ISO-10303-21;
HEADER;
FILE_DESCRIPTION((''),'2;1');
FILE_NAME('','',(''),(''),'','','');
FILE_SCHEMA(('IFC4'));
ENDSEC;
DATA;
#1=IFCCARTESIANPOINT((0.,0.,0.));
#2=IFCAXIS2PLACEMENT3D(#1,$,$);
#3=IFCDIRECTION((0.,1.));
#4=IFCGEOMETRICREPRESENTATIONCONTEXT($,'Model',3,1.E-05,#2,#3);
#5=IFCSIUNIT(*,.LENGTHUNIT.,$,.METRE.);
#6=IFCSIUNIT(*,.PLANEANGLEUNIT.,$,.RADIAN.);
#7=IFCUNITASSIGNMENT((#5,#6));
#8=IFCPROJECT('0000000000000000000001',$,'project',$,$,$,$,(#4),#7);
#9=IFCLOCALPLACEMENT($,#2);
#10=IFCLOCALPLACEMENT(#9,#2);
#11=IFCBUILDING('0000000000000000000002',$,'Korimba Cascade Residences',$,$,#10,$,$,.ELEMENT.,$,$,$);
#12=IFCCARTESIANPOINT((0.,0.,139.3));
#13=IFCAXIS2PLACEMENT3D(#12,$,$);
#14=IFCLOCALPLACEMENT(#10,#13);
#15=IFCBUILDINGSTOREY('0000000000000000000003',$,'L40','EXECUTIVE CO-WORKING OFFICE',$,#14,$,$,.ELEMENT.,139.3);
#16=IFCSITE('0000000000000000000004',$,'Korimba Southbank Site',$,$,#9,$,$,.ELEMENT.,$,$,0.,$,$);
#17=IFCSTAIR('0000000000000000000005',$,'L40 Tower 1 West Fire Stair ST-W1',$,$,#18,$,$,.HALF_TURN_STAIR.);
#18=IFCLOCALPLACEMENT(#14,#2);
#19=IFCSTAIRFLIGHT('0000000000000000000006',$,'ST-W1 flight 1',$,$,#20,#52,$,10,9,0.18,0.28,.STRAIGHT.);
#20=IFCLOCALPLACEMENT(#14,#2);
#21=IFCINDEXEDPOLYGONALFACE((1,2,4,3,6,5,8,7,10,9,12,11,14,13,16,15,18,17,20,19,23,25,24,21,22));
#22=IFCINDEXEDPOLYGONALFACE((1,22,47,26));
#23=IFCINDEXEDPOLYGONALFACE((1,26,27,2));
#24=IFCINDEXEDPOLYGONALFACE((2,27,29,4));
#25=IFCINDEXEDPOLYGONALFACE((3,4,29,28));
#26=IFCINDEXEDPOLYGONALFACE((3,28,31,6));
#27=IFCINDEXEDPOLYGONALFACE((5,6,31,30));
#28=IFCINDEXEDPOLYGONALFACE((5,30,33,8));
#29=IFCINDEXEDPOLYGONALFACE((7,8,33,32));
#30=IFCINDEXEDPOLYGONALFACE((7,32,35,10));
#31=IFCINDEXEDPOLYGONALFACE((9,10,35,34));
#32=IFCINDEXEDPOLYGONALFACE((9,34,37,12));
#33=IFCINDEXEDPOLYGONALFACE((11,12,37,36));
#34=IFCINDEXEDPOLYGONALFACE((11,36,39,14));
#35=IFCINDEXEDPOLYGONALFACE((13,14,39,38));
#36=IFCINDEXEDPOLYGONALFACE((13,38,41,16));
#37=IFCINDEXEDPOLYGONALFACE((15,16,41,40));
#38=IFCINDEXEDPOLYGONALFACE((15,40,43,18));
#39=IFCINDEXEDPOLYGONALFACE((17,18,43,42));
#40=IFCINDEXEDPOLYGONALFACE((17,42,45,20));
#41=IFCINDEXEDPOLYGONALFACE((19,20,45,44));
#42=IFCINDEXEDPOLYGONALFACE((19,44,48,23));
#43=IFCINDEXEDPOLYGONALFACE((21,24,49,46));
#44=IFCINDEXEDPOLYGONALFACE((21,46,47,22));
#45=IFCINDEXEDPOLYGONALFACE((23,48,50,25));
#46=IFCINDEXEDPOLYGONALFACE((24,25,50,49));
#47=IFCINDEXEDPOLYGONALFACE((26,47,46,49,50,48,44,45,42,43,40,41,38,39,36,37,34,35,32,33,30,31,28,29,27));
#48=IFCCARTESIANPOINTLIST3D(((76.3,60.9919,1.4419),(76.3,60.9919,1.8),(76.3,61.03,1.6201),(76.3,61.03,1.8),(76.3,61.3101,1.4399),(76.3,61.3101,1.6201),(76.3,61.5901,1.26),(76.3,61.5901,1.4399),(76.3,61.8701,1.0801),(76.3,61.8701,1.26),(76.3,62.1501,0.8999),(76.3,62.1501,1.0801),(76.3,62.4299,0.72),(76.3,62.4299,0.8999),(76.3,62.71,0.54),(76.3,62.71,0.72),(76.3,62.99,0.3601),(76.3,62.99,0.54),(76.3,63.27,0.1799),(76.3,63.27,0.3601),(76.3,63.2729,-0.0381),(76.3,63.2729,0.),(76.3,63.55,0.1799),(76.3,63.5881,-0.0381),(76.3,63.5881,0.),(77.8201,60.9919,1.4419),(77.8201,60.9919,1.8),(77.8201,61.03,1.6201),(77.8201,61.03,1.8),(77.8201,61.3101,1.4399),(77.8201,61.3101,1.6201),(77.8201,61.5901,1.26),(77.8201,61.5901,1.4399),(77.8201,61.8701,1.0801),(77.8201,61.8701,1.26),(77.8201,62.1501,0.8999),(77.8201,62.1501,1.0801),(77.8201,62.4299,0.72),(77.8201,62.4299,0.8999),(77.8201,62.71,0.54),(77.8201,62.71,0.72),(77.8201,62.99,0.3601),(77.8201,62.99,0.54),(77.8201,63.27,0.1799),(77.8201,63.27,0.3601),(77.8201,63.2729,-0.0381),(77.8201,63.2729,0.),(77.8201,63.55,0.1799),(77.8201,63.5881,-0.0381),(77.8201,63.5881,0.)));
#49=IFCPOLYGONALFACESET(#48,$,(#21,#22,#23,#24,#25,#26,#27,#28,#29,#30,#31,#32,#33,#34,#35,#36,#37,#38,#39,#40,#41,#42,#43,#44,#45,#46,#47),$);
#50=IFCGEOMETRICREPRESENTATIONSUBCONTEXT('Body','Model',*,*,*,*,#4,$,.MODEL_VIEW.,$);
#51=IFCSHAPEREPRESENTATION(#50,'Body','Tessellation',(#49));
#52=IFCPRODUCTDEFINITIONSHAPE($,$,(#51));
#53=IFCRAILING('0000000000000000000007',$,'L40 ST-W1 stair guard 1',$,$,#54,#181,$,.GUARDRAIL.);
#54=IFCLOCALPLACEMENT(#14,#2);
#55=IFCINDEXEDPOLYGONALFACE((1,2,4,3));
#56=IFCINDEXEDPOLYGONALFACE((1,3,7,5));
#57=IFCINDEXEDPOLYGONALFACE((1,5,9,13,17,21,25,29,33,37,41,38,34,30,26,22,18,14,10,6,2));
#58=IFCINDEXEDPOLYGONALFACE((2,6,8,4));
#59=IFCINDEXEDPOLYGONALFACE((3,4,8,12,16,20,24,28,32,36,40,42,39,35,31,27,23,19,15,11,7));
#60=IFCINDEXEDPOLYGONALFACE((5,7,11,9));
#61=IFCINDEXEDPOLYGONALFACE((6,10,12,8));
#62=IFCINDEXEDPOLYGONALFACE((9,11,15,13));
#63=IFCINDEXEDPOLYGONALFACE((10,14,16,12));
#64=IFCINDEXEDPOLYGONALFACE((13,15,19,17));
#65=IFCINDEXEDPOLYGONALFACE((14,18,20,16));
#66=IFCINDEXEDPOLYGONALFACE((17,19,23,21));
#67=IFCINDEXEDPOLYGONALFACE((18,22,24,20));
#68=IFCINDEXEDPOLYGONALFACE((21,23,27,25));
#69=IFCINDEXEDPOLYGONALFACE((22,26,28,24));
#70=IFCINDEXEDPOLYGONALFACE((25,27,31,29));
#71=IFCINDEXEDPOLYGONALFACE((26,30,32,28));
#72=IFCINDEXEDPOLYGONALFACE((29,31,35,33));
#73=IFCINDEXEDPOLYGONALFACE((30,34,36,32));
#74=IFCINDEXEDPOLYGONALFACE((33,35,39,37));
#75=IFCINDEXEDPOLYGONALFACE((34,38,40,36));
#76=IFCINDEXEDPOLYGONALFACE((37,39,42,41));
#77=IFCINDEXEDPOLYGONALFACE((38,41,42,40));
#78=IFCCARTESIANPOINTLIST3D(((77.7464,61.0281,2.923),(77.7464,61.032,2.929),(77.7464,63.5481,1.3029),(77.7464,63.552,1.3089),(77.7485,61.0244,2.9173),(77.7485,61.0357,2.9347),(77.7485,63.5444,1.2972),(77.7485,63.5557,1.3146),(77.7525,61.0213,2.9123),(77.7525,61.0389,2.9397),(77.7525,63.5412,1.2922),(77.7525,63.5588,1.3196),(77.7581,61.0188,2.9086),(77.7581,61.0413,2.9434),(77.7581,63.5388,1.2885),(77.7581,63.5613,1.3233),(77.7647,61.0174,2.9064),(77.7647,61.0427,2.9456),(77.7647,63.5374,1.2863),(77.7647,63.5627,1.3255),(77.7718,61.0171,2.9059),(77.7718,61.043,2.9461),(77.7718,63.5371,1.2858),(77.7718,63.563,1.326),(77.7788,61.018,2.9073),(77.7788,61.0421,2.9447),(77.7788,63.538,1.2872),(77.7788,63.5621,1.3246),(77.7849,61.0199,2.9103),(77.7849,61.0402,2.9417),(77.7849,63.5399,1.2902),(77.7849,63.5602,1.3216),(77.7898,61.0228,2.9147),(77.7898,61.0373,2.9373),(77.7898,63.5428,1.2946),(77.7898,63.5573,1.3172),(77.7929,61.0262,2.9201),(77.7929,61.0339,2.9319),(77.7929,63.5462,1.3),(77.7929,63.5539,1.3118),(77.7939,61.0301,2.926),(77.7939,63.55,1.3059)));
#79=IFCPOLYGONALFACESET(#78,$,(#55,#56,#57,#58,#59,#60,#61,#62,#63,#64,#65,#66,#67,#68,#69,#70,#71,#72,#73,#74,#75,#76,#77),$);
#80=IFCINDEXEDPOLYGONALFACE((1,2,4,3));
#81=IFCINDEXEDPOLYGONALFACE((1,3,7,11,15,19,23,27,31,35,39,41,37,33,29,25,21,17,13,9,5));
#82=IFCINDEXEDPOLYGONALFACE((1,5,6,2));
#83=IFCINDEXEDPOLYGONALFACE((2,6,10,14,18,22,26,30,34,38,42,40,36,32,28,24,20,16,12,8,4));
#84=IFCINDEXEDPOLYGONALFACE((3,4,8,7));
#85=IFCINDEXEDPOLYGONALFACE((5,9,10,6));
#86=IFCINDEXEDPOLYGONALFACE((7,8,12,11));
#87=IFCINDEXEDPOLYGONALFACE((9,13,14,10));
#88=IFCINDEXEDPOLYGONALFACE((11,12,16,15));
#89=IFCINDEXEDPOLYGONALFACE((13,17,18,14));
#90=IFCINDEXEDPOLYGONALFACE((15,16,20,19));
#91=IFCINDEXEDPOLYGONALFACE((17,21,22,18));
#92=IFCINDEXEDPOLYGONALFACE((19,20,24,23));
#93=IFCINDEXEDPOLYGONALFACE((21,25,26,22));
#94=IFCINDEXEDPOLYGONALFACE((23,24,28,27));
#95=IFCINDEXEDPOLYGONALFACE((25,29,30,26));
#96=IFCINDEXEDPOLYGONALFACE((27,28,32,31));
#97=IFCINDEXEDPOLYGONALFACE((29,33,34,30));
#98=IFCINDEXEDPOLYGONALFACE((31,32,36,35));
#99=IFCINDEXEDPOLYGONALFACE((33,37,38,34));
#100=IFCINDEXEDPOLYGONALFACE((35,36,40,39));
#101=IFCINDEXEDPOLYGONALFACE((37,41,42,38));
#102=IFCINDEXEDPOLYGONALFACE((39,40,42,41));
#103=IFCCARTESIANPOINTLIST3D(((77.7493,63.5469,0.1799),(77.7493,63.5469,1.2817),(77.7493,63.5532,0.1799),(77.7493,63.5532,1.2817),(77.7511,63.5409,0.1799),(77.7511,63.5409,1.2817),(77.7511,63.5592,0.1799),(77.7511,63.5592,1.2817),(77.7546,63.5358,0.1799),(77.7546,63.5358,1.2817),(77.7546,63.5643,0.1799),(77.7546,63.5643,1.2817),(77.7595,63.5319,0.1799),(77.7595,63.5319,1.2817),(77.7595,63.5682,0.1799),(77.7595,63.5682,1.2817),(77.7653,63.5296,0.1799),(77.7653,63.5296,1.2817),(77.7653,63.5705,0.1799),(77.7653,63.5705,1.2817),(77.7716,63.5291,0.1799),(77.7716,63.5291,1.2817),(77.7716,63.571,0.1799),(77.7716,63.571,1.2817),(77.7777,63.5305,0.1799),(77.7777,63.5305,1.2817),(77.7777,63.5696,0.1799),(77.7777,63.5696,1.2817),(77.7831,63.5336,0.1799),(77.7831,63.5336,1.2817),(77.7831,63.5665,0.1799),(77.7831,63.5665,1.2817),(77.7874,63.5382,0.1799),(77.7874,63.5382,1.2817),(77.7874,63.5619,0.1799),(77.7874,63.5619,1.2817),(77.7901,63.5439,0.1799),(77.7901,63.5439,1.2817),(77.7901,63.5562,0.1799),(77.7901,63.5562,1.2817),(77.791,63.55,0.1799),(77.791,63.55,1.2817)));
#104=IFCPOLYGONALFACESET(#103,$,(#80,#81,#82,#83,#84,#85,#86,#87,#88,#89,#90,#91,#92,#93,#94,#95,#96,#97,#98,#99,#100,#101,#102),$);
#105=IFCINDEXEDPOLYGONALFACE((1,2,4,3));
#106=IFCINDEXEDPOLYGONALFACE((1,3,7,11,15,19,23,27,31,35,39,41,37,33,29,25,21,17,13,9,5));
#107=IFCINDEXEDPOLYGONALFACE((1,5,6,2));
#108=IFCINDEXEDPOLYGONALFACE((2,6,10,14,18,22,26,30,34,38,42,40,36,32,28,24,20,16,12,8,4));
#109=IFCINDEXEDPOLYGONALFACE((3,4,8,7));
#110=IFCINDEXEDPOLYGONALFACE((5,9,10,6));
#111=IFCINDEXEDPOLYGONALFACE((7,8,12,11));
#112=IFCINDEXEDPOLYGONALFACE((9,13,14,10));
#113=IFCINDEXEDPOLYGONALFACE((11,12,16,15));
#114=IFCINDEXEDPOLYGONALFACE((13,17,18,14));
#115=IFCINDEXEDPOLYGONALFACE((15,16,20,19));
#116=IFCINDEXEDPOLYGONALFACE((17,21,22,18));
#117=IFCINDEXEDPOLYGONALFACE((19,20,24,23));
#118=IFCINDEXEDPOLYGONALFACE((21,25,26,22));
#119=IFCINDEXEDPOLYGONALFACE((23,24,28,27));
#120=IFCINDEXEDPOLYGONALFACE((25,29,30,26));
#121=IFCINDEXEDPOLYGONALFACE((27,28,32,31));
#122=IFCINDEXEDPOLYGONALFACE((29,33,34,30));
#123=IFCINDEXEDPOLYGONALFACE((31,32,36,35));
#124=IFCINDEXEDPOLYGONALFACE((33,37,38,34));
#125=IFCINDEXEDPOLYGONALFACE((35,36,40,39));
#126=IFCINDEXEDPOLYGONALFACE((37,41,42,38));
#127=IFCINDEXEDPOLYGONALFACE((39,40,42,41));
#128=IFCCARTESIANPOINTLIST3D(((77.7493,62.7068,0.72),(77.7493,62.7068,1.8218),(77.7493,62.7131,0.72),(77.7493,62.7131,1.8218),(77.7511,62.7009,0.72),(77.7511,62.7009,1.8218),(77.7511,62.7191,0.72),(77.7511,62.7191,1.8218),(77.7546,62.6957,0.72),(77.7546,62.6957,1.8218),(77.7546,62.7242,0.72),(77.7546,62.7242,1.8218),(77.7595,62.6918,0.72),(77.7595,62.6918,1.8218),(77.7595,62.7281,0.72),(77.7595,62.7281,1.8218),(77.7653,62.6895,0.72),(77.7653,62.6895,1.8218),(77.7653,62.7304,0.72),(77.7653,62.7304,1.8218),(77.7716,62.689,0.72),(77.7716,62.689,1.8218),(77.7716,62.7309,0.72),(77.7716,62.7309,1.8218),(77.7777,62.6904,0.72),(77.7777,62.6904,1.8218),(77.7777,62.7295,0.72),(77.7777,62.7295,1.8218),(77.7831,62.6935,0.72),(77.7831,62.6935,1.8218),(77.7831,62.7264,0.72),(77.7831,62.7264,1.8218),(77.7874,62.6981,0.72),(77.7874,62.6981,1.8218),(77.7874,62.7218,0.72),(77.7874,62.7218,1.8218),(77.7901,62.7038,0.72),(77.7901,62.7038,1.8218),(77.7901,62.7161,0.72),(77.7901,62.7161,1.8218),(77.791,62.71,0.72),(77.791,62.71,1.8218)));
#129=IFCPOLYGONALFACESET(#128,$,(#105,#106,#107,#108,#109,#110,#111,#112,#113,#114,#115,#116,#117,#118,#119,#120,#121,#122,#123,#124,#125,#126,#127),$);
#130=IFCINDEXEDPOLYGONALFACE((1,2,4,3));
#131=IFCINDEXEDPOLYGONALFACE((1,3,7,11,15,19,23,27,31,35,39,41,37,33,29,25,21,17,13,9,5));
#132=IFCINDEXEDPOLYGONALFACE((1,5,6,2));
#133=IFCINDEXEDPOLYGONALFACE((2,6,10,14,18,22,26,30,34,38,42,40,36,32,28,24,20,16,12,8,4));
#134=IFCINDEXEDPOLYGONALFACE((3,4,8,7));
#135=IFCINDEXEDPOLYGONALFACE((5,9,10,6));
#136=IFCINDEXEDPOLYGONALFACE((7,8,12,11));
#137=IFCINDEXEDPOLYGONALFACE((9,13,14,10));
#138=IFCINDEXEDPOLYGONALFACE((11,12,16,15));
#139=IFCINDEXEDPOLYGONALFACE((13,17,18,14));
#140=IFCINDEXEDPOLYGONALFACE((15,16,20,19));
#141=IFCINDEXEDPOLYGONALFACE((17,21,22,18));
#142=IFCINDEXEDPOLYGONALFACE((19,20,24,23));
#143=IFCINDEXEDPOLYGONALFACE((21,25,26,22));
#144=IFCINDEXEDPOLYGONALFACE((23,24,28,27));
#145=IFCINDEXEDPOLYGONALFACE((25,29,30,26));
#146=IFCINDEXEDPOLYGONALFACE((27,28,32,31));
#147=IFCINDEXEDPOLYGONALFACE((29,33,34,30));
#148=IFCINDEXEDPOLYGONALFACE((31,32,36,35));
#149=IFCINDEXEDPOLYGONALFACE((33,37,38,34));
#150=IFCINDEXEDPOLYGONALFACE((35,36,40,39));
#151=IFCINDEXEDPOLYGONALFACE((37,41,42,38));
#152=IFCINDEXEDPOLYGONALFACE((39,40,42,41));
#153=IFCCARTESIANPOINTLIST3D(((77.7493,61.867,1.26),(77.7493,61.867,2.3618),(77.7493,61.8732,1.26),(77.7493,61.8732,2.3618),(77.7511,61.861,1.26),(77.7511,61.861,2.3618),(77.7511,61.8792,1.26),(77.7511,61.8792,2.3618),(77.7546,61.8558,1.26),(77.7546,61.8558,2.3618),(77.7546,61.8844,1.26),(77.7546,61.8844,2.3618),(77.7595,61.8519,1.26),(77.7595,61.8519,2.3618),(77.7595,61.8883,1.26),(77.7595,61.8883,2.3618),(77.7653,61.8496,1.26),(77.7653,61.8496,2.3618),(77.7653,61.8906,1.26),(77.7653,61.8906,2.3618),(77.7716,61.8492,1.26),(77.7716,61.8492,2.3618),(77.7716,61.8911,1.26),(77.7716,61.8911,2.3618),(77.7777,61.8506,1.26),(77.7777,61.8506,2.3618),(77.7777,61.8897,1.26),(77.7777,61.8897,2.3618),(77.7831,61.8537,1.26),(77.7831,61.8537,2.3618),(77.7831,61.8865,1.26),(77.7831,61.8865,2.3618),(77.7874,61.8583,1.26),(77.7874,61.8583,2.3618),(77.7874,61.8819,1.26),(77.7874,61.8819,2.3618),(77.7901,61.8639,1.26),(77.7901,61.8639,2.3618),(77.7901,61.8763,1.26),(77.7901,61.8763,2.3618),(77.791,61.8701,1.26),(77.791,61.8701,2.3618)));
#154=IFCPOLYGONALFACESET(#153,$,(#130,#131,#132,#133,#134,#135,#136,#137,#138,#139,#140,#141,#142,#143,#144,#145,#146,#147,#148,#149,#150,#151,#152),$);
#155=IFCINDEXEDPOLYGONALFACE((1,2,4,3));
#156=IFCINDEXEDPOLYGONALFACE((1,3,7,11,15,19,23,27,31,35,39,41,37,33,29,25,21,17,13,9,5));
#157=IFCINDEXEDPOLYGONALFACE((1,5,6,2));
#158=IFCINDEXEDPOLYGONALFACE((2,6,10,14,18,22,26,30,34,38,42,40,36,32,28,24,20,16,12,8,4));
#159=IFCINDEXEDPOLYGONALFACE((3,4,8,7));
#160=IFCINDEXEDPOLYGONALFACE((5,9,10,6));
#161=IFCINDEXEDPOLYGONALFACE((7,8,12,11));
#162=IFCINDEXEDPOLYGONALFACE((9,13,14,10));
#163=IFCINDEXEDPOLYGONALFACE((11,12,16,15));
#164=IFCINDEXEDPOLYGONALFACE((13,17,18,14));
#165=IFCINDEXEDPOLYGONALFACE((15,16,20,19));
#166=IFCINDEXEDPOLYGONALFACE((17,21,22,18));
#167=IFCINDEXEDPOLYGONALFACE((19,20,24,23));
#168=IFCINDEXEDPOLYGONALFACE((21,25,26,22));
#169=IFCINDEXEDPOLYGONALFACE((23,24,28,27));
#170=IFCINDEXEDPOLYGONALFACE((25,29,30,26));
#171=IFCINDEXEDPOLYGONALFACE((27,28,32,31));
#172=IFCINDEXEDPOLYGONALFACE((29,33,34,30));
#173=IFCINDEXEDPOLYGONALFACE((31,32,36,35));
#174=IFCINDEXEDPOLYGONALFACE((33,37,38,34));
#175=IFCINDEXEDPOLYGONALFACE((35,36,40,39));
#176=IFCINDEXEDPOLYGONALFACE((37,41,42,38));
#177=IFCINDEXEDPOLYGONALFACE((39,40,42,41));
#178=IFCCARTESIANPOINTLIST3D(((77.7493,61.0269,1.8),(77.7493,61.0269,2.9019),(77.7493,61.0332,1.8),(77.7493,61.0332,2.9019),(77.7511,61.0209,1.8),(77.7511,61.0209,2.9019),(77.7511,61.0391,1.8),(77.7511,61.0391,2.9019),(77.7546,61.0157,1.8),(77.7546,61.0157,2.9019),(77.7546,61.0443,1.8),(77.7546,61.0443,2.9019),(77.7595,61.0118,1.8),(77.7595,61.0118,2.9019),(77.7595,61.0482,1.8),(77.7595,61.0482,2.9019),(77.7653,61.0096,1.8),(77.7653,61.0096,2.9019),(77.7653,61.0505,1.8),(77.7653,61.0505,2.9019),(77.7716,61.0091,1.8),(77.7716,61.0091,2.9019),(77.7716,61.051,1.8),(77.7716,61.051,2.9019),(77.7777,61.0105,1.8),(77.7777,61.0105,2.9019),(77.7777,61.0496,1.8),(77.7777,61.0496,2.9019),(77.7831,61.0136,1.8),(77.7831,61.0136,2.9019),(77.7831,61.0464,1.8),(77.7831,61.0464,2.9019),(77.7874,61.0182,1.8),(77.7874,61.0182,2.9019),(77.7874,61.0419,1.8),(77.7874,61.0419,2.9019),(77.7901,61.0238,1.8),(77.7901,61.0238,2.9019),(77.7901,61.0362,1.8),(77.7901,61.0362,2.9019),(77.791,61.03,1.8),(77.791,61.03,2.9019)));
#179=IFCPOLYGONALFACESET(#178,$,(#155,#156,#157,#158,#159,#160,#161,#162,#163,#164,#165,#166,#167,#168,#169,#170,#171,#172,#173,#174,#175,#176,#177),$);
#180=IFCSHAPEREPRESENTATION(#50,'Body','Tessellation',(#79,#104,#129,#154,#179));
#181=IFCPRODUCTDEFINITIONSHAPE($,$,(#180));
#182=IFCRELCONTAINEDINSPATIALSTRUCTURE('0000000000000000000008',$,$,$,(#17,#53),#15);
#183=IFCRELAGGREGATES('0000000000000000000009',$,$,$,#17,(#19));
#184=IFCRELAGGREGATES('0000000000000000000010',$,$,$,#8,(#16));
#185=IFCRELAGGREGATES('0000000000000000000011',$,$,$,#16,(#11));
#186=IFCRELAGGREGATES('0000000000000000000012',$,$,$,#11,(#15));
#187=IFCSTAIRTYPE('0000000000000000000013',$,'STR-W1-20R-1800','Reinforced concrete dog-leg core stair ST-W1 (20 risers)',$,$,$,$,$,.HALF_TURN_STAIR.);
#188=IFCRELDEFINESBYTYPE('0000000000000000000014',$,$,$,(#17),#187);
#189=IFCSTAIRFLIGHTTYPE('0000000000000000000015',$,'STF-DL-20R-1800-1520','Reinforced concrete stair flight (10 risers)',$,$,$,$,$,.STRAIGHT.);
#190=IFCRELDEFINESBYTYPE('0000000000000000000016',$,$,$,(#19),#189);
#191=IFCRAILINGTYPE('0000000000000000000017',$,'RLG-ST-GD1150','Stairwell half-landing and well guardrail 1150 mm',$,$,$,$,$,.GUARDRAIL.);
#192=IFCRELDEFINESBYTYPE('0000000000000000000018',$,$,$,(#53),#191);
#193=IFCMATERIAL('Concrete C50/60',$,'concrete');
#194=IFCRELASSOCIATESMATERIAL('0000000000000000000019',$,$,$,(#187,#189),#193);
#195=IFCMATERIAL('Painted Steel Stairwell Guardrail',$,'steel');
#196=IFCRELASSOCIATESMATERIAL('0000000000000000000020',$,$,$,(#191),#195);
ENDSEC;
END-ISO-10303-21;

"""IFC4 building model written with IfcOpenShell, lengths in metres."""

from ifc_helpers import new_model, si_unit, direction, frame, origin, origin_2d, place, context, subcontext, project, spatial, polyline, circle, outline, extrude, material, type_object, element, aggregate, save


model = new_model("IFC4")

# Units and contexts
model_context = context("Model", 3, precision=1e-05, world=origin(), true_north=direction((0.0, 1.0)))
body_context = subcontext(model_context, "Body", "Model", "MODEL_VIEW")
ifc_project = project(units=[si_unit("LENGTHUNIT", "METRE"), si_unit("PLANEANGLEUNIT", "RADIAN")], contexts=[model_context])

# Site, building, storey
site_placement = place(None, origin())
site = spatial("IfcSite", under=ifc_project, at=site_placement, Name="Korimba Southbank Site", CompositionType="ELEMENT", RefElevation=0.0)
building_placement = place(site_placement, origin())
building = spatial("IfcBuilding", under=site, at=building_placement, Name="Korimba Cascade Residences", CompositionType="ELEMENT")
storey_placement = place(building_placement, frame((0.0, 0.0, 139.3)))
storey = spatial("IfcBuildingStorey", under=building, at=storey_placement, Name="L40", Description="EXECUTIVE CO-WORKING OFFICE", CompositionType="ELEMENT", Elevation=139.3)

# Shared definitions
ifc_material_1 = material(Name="Concrete C50/60", Category="concrete")

# Stair, stair flight
stair_type = type_object("IfcStairType", Name="STR-W1-20R-1800", Description="Reinforced concrete dog-leg core stair ST-W1 (20 risers)", PredefinedType="HALF_TURN_STAIR", material=ifc_material_1)
stair_placement = place(storey_placement, origin())
stair = element("IfcStair", 1, at=stair_placement, inside=storey, type_object=stair_type, Name="L40 Tower 1 West Fire Stair ST-W1", PredefinedType="HALF_TURN_STAIR")
stair_flight_type = type_object("IfcStairFlightType", Name="STF-DL-20R-1800-1520", Description="Reinforced concrete stair flight (10 risers)", PredefinedType="STRAIGHT", material=ifc_material_1)
stair_flight_placement = place(storey_placement, frame((77.0601, 63.55, 0.0), z_axis=(0.0, 0.0, 1.0), x_axis=(0.0, -1.0, 0.0)))
stair_flight = element("IfcStairFlight", 2, at=stair_flight_placement, type_object=stair_flight_type, Name="ST-W1 flight 1", NumberOfRisers=10, NumberOfTreads=9, PredefinedType="STRAIGHT", RiserHeight=0.18, TreadLength=0.28, context=body_context, shape_type="SweptSolid", body=[
    extrude(outline(polyline([(-0.0381, 0.0), (0.0, 0.1799), (0.28, 0.1799), (0.28, 0.3601), (0.5601, 0.3601), (0.5601, 0.54), (0.8401, 0.54), (0.8401, 0.72), (1.1201, 0.72), (1.1201, 0.8999), (1.3999, 0.8999), (1.3999, 1.0801), (1.6799, 1.0801), (1.6799, 1.26), (1.96, 1.26), (1.96, 1.4399), (2.24, 1.4399), (2.24, 1.6201), (2.52, 1.6201), (2.52, 1.8), (2.5581, 1.8), (2.5581, 1.4419), (0.2771, 0.0), (0.2771, -0.0381), (-0.0381, -0.0381), (-0.0381, 0.0)])), frame((0.0, 0.76, 0.0), z_axis=(0.0, -1.0, 0.0), x_axis=(1.0, 0.0, 0.0)), (0.0, 0.0, 1.0), 1.52),
])
aggregate(stair, [stair_flight])

# Railing
ifc_material_2 = material(Name="Painted Steel Stairwell Guardrail", Category="steel")
railing_type = type_object("IfcRailingType", Name="RLG-ST-GD1150", Description="Stairwell half-landing and well guardrail 1150 mm", PredefinedType="GUARDRAIL", material=ifc_material_2)
railing_1_placement = place(storey_placement, frame((77.77, 63.55, 0.1799)))
element("IfcRailing", 3, at=railing_1_placement, inside=storey, type_object=railing_type, Name="L40 ST-W1 stair guard 1", PredefinedType="GUARDRAIL", context=body_context, shape_type="SweptSolid", body=[
    extrude(circle(Radius=0.0239, at=origin_2d()), frame((0.0, 0.0, 1.126), z_axis=(0.0, -0.841163, 0.540782), x_axis=(1.0, 0.0, 0.0)), (0.0, 0.0, 1.0), 2.9958),
    extrude(circle(Radius=0.021, at=origin_2d()), origin(), (0.0, 0.0, 1.0), 1.1018),
    extrude(circle(Radius=0.021, at=origin_2d()), frame((0.0, -0.8401, 0.54)), (0.0, 0.0, 1.0), 1.1018),
    extrude(circle(Radius=0.021, at=origin_2d()), frame((0.0, -1.6799, 1.0801)), (0.0, 0.0, 1.0), 1.1018),
    extrude(circle(Radius=0.021, at=origin_2d()), frame((0.0, -2.52, 1.6201)), (0.0, 0.0, 1.0), 1.1018),
])

save(model, "model.ifc")
